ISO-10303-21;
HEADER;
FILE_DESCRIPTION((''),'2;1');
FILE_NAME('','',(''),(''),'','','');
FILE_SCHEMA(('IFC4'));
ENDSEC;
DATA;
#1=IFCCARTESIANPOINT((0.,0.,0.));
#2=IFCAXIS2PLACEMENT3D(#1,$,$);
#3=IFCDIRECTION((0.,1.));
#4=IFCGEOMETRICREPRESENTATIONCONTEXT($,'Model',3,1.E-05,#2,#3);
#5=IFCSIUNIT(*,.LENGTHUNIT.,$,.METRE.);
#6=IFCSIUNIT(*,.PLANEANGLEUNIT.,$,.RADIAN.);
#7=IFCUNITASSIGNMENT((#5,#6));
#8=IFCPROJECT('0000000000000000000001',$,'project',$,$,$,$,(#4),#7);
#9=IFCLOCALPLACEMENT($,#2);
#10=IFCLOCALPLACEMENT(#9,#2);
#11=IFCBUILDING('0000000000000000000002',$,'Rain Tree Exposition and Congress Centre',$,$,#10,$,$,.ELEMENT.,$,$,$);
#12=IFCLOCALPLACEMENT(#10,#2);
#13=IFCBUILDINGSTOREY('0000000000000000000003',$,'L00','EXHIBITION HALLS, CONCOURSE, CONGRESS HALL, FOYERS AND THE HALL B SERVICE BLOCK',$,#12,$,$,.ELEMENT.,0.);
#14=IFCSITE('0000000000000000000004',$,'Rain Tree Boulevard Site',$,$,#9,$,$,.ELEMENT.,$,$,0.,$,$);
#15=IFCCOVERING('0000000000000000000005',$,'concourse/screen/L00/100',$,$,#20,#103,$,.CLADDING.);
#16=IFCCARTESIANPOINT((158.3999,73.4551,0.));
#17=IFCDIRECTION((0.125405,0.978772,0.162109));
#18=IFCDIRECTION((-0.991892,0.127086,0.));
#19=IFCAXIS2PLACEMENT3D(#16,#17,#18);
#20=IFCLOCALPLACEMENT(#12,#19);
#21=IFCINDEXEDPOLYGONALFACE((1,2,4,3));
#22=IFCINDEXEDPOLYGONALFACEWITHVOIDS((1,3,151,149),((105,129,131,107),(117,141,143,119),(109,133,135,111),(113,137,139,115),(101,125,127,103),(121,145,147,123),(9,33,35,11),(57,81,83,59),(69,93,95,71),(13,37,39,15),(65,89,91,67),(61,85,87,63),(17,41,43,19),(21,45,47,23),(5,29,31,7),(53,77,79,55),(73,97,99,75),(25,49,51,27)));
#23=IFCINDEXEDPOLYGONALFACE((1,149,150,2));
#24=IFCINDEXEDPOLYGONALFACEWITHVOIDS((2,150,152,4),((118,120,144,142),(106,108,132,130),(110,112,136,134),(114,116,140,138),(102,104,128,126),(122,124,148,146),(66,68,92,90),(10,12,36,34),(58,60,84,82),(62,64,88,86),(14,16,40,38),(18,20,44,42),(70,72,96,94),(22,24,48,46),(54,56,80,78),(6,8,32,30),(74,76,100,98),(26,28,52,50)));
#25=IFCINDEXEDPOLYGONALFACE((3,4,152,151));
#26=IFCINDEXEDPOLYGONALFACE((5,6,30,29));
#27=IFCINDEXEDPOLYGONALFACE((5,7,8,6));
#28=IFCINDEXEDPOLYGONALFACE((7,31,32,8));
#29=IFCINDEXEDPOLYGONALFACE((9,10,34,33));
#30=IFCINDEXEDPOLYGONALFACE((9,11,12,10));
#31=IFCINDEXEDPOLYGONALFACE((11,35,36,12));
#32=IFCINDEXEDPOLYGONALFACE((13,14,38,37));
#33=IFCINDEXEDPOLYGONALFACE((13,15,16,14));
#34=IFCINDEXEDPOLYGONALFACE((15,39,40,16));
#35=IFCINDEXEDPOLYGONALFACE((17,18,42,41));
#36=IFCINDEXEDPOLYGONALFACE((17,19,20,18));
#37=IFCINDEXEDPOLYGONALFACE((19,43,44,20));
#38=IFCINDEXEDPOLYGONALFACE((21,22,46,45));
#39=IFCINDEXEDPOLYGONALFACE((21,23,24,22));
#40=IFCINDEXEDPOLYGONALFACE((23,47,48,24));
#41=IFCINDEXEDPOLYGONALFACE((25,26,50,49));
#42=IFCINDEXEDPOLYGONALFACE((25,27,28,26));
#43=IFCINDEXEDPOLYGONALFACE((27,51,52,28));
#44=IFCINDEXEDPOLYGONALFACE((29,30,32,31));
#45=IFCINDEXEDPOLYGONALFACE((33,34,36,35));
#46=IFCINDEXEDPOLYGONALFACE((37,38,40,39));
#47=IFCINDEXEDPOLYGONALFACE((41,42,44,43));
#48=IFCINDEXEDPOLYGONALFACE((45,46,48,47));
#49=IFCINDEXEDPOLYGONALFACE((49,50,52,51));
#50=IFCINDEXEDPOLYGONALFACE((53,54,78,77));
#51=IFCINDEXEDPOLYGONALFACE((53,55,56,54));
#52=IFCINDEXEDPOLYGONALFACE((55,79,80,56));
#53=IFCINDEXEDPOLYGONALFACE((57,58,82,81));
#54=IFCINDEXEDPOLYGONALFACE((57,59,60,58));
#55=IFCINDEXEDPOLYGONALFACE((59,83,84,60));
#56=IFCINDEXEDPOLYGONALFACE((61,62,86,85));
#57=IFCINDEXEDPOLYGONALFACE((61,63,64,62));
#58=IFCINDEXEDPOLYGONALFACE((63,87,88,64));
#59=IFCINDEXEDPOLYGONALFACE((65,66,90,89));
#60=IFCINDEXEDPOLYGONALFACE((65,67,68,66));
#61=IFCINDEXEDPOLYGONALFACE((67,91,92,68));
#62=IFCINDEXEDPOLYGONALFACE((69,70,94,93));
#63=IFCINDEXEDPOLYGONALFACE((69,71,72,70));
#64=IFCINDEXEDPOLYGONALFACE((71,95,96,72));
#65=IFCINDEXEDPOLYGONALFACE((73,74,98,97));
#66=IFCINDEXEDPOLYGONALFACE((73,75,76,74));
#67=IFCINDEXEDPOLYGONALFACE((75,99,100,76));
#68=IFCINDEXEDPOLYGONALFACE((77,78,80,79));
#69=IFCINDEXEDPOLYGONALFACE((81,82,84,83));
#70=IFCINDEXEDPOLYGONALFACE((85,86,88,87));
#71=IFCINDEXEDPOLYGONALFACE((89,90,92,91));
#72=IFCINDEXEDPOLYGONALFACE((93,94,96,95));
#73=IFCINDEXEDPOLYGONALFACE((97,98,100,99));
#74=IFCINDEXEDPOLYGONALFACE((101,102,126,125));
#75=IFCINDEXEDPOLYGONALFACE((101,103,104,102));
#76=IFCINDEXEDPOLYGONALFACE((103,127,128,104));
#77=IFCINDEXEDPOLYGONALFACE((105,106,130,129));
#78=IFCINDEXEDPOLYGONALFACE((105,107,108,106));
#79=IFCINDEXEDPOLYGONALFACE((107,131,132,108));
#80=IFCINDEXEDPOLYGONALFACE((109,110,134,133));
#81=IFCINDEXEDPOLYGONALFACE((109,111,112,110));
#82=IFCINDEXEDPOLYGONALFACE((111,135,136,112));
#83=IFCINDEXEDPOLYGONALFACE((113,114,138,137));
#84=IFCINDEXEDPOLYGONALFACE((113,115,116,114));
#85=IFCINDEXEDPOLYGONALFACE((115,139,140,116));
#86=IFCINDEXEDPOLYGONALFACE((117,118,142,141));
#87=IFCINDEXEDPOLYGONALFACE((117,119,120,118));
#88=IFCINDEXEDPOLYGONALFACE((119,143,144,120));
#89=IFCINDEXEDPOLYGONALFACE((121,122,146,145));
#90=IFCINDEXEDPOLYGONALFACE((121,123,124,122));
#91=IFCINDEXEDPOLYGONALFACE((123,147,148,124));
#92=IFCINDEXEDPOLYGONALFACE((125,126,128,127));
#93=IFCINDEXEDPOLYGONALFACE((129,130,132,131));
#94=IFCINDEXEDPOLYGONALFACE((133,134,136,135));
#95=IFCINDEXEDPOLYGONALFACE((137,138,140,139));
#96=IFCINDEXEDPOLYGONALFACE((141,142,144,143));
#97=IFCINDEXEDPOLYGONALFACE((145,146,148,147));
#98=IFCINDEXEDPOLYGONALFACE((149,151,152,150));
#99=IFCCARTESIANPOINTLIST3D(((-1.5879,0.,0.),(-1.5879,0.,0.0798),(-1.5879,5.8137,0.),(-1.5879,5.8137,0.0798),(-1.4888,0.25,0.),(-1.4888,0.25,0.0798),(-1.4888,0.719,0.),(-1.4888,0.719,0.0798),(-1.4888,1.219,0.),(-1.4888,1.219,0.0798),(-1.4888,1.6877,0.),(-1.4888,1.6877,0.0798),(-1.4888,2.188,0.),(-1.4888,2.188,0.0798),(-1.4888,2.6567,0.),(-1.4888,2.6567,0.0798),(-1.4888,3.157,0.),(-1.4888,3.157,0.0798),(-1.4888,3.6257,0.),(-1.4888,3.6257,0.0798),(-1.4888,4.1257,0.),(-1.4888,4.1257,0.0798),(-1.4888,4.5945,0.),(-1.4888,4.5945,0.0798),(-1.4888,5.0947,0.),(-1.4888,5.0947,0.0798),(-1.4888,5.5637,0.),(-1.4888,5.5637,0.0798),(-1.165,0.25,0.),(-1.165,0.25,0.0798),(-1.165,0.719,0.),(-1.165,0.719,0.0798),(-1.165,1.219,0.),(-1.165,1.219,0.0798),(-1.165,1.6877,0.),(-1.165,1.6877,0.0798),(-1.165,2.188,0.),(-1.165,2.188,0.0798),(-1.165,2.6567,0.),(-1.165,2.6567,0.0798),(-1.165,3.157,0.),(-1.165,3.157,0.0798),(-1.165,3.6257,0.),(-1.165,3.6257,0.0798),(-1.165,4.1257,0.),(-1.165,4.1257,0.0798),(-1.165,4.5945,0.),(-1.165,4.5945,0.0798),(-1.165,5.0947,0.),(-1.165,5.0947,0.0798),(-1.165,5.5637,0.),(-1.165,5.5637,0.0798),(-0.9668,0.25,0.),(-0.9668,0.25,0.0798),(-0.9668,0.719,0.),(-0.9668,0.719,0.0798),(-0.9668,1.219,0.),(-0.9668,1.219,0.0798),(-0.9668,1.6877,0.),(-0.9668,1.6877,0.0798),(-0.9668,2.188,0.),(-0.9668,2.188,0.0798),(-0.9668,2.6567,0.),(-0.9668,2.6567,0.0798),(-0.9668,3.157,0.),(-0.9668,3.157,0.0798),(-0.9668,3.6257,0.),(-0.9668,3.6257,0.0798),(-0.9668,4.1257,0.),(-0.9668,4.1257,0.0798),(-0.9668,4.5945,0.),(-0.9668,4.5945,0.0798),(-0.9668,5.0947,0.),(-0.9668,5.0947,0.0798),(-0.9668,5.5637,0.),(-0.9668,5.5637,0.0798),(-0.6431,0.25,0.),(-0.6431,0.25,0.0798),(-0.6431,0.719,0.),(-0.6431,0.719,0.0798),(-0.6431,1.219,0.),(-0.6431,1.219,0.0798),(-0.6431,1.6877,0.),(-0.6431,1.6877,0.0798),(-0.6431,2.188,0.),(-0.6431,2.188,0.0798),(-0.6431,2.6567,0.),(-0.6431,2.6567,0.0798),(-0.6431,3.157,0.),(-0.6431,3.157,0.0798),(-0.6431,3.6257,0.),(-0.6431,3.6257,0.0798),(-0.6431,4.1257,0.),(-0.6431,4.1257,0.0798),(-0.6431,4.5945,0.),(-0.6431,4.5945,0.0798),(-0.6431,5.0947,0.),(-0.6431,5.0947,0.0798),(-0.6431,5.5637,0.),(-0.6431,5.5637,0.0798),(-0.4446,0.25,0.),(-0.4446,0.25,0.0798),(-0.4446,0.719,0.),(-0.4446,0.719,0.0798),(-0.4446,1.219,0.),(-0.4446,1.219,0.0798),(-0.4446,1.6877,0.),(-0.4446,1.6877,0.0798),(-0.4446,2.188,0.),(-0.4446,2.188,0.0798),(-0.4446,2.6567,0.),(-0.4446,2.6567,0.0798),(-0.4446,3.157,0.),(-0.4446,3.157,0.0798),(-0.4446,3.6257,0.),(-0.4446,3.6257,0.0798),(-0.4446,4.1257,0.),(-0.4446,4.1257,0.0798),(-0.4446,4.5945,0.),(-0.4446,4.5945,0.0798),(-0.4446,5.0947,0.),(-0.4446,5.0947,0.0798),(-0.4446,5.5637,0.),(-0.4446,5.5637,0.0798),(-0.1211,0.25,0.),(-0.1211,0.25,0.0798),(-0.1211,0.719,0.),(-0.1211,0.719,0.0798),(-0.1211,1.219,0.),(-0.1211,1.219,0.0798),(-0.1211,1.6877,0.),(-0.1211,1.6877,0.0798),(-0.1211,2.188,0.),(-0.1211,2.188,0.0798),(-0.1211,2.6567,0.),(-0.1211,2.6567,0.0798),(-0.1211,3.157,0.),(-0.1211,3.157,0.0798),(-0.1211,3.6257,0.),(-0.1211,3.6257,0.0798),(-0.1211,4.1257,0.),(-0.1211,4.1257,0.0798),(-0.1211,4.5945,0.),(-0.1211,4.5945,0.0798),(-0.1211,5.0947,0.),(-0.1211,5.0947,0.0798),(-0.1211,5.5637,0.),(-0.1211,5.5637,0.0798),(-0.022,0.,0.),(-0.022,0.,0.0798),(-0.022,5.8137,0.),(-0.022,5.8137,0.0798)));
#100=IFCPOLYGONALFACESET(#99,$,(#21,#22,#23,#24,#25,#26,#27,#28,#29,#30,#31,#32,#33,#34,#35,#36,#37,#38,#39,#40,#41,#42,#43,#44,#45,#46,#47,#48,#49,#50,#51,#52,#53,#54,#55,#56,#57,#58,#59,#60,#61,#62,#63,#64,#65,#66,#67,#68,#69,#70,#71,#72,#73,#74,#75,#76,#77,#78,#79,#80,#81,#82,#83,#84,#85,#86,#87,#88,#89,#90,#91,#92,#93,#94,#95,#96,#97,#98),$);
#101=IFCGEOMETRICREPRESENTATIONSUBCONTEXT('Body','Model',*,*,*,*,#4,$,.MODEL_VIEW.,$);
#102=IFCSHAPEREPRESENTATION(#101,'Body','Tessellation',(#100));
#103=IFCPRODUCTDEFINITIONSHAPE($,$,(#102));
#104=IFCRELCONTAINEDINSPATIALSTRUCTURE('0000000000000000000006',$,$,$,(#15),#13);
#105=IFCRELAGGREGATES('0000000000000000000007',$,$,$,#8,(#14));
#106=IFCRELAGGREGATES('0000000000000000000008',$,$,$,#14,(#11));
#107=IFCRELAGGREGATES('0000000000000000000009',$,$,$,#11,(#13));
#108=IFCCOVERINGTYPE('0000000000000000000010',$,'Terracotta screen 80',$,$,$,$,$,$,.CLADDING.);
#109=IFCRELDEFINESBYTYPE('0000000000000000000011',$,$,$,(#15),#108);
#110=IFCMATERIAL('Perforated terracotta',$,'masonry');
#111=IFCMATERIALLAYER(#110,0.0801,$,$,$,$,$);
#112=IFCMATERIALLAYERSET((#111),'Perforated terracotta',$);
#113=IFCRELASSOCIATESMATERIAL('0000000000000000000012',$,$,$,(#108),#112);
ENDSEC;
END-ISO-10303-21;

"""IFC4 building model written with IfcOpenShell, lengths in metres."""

from ifc_helpers import new_model, si_unit, direction, frame, origin, place, context, subcontext, project, spatial, polyline, outline, extrude, material, layer, layer_set, type_object, element, save


model = new_model("IFC4")

# Units and contexts
model_context = context("Model", 3, precision=1e-05, world=origin(), true_north=direction((0.0, 1.0)))
body_context = subcontext(model_context, "Body", "Model", "MODEL_VIEW")
ifc_project = project(units=[si_unit("LENGTHUNIT", "METRE"), si_unit("PLANEANGLEUNIT", "RADIAN")], contexts=[model_context])

# Site, building, storey
site_placement = place(None, origin())
site = spatial("IfcSite", under=ifc_project, at=site_placement, Name="Rain Tree Boulevard Site", CompositionType="ELEMENT", RefElevation=0.0)
building_placement = place(site_placement, origin())
building = spatial("IfcBuilding", under=site, at=building_placement, Name="Rain Tree Exposition and Congress Centre", CompositionType="ELEMENT")
storey_placement = place(building_placement, origin())
storey = spatial("IfcBuildingStorey", under=building, at=storey_placement, Name="L00", Description="EXHIBITION HALLS, CONCOURSE, CONGRESS HALL, FOYERS AND THE HALL B SERVICE BLOCK", CompositionType="ELEMENT", Elevation=0.0)

# Covering
ifc_material_1 = material(Name="Perforated terracotta", Category="masonry")
ifc_layer_1 = layer(ifc_material_1, 0.0801)
ifc_layer_set_1 = layer_set([ifc_layer_1], Name="Perforated terracotta")
covering_type = type_object("IfcCoveringType", Name="Terracotta screen 80", PredefinedType="CLADDING", material=ifc_layer_set_1)
covering_placement = place(storey_placement, frame((158.3999, 73.4551, 0.0), z_axis=(0.125405, 0.978772, 0.162109), x_axis=(-0.991892, 0.127086, 0.0)))
element("IfcCovering", 1, at=covering_placement, inside=storey, type_object=covering_type, Name="concourse/screen/L00/100", PredefinedType="CLADDING", context=body_context, shape_type="SweptSolid", body=[
    extrude(outline(polyline([(-0.022, 0.0), (-1.5879, 0.0), (-1.5879, 5.8137), (-0.022, 5.8137), (-0.022, 0.0)]), holes=[polyline([(-0.1211, 0.25), (-0.1211, 0.719), (-0.4446, 0.719), (-0.4446, 0.25), (-0.1211, 0.25)]), polyline([(-0.1211, 1.219), (-0.1211, 1.6877), (-0.4446, 1.6877), (-0.4446, 1.219), (-0.1211, 1.219)]), polyline([(-0.1211, 2.188), (-0.1211, 2.6567), (-0.4446, 2.6567), (-0.4446, 2.188), (-0.1211, 2.188)]), polyline([(-0.1211, 3.157), (-0.1211, 3.6257), (-0.4446, 3.6257), (-0.4446, 3.157), (-0.1211, 3.157)]), polyline([(-0.1211, 4.1257), (-0.1211, 4.5945), (-0.4446, 4.5945), (-0.4446, 4.1257), (-0.1211, 4.1257)]), polyline([(-0.1211, 5.0947), (-0.1211, 5.5637), (-0.4446, 5.5637), (-0.4446, 5.0947), (-0.1211, 5.0947)]), polyline([(-0.6431, 0.25), (-0.6431, 0.719), (-0.9668, 0.719), (-0.9668, 0.25), (-0.6431, 0.25)]), polyline([(-0.6431, 1.219), (-0.6431, 1.6877), (-0.9668, 1.6877), (-0.9668, 1.219), (-0.6431, 1.219)]), polyline([(-0.6431, 2.188), (-0.6431, 2.6567), (-0.9668, 2.6567), (-0.9668, 2.188), (-0.6431, 2.188)]), polyline([(-0.6431, 3.157), (-0.6431, 3.6257), (-0.9668, 3.6257), (-0.9668, 3.157), (-0.6431, 3.157)]), polyline([(-0.6431, 4.1257), (-0.6431, 4.5945), (-0.9668, 4.5945), (-0.9668, 4.1257), (-0.6431, 4.1257)]), polyline([(-0.6431, 5.0947), (-0.6431, 5.5637), (-0.9668, 5.5637), (-0.9668, 5.0947), (-0.6431, 5.0947)]), polyline([(-1.165, 0.25), (-1.165, 0.719), (-1.4888, 0.719), (-1.4888, 0.25), (-1.165, 0.25)]), polyline([(-1.165, 1.219), (-1.165, 1.6877), (-1.4888, 1.6877), (-1.4888, 1.219), (-1.165, 1.219)]), polyline([(-1.165, 2.188), (-1.165, 2.6567), (-1.4888, 2.6567), (-1.4888, 2.188), (-1.165, 2.188)]), polyline([(-1.165, 3.157), (-1.165, 3.6257), (-1.4888, 3.6257), (-1.4888, 3.157), (-1.165, 3.157)]), polyline([(-1.165, 4.1257), (-1.165, 4.5945), (-1.4888, 4.5945), (-1.4888, 4.1257), (-1.165, 4.1257)]), polyline([(-1.165, 5.0947), (-1.165, 5.5637), (-1.4888, 5.5637), (-1.4888, 5.0947), (-1.165, 5.0947)])]), origin(), (0.0, 0.0, 1.0), 0.0798),
])

save(model, "model.ifc")
